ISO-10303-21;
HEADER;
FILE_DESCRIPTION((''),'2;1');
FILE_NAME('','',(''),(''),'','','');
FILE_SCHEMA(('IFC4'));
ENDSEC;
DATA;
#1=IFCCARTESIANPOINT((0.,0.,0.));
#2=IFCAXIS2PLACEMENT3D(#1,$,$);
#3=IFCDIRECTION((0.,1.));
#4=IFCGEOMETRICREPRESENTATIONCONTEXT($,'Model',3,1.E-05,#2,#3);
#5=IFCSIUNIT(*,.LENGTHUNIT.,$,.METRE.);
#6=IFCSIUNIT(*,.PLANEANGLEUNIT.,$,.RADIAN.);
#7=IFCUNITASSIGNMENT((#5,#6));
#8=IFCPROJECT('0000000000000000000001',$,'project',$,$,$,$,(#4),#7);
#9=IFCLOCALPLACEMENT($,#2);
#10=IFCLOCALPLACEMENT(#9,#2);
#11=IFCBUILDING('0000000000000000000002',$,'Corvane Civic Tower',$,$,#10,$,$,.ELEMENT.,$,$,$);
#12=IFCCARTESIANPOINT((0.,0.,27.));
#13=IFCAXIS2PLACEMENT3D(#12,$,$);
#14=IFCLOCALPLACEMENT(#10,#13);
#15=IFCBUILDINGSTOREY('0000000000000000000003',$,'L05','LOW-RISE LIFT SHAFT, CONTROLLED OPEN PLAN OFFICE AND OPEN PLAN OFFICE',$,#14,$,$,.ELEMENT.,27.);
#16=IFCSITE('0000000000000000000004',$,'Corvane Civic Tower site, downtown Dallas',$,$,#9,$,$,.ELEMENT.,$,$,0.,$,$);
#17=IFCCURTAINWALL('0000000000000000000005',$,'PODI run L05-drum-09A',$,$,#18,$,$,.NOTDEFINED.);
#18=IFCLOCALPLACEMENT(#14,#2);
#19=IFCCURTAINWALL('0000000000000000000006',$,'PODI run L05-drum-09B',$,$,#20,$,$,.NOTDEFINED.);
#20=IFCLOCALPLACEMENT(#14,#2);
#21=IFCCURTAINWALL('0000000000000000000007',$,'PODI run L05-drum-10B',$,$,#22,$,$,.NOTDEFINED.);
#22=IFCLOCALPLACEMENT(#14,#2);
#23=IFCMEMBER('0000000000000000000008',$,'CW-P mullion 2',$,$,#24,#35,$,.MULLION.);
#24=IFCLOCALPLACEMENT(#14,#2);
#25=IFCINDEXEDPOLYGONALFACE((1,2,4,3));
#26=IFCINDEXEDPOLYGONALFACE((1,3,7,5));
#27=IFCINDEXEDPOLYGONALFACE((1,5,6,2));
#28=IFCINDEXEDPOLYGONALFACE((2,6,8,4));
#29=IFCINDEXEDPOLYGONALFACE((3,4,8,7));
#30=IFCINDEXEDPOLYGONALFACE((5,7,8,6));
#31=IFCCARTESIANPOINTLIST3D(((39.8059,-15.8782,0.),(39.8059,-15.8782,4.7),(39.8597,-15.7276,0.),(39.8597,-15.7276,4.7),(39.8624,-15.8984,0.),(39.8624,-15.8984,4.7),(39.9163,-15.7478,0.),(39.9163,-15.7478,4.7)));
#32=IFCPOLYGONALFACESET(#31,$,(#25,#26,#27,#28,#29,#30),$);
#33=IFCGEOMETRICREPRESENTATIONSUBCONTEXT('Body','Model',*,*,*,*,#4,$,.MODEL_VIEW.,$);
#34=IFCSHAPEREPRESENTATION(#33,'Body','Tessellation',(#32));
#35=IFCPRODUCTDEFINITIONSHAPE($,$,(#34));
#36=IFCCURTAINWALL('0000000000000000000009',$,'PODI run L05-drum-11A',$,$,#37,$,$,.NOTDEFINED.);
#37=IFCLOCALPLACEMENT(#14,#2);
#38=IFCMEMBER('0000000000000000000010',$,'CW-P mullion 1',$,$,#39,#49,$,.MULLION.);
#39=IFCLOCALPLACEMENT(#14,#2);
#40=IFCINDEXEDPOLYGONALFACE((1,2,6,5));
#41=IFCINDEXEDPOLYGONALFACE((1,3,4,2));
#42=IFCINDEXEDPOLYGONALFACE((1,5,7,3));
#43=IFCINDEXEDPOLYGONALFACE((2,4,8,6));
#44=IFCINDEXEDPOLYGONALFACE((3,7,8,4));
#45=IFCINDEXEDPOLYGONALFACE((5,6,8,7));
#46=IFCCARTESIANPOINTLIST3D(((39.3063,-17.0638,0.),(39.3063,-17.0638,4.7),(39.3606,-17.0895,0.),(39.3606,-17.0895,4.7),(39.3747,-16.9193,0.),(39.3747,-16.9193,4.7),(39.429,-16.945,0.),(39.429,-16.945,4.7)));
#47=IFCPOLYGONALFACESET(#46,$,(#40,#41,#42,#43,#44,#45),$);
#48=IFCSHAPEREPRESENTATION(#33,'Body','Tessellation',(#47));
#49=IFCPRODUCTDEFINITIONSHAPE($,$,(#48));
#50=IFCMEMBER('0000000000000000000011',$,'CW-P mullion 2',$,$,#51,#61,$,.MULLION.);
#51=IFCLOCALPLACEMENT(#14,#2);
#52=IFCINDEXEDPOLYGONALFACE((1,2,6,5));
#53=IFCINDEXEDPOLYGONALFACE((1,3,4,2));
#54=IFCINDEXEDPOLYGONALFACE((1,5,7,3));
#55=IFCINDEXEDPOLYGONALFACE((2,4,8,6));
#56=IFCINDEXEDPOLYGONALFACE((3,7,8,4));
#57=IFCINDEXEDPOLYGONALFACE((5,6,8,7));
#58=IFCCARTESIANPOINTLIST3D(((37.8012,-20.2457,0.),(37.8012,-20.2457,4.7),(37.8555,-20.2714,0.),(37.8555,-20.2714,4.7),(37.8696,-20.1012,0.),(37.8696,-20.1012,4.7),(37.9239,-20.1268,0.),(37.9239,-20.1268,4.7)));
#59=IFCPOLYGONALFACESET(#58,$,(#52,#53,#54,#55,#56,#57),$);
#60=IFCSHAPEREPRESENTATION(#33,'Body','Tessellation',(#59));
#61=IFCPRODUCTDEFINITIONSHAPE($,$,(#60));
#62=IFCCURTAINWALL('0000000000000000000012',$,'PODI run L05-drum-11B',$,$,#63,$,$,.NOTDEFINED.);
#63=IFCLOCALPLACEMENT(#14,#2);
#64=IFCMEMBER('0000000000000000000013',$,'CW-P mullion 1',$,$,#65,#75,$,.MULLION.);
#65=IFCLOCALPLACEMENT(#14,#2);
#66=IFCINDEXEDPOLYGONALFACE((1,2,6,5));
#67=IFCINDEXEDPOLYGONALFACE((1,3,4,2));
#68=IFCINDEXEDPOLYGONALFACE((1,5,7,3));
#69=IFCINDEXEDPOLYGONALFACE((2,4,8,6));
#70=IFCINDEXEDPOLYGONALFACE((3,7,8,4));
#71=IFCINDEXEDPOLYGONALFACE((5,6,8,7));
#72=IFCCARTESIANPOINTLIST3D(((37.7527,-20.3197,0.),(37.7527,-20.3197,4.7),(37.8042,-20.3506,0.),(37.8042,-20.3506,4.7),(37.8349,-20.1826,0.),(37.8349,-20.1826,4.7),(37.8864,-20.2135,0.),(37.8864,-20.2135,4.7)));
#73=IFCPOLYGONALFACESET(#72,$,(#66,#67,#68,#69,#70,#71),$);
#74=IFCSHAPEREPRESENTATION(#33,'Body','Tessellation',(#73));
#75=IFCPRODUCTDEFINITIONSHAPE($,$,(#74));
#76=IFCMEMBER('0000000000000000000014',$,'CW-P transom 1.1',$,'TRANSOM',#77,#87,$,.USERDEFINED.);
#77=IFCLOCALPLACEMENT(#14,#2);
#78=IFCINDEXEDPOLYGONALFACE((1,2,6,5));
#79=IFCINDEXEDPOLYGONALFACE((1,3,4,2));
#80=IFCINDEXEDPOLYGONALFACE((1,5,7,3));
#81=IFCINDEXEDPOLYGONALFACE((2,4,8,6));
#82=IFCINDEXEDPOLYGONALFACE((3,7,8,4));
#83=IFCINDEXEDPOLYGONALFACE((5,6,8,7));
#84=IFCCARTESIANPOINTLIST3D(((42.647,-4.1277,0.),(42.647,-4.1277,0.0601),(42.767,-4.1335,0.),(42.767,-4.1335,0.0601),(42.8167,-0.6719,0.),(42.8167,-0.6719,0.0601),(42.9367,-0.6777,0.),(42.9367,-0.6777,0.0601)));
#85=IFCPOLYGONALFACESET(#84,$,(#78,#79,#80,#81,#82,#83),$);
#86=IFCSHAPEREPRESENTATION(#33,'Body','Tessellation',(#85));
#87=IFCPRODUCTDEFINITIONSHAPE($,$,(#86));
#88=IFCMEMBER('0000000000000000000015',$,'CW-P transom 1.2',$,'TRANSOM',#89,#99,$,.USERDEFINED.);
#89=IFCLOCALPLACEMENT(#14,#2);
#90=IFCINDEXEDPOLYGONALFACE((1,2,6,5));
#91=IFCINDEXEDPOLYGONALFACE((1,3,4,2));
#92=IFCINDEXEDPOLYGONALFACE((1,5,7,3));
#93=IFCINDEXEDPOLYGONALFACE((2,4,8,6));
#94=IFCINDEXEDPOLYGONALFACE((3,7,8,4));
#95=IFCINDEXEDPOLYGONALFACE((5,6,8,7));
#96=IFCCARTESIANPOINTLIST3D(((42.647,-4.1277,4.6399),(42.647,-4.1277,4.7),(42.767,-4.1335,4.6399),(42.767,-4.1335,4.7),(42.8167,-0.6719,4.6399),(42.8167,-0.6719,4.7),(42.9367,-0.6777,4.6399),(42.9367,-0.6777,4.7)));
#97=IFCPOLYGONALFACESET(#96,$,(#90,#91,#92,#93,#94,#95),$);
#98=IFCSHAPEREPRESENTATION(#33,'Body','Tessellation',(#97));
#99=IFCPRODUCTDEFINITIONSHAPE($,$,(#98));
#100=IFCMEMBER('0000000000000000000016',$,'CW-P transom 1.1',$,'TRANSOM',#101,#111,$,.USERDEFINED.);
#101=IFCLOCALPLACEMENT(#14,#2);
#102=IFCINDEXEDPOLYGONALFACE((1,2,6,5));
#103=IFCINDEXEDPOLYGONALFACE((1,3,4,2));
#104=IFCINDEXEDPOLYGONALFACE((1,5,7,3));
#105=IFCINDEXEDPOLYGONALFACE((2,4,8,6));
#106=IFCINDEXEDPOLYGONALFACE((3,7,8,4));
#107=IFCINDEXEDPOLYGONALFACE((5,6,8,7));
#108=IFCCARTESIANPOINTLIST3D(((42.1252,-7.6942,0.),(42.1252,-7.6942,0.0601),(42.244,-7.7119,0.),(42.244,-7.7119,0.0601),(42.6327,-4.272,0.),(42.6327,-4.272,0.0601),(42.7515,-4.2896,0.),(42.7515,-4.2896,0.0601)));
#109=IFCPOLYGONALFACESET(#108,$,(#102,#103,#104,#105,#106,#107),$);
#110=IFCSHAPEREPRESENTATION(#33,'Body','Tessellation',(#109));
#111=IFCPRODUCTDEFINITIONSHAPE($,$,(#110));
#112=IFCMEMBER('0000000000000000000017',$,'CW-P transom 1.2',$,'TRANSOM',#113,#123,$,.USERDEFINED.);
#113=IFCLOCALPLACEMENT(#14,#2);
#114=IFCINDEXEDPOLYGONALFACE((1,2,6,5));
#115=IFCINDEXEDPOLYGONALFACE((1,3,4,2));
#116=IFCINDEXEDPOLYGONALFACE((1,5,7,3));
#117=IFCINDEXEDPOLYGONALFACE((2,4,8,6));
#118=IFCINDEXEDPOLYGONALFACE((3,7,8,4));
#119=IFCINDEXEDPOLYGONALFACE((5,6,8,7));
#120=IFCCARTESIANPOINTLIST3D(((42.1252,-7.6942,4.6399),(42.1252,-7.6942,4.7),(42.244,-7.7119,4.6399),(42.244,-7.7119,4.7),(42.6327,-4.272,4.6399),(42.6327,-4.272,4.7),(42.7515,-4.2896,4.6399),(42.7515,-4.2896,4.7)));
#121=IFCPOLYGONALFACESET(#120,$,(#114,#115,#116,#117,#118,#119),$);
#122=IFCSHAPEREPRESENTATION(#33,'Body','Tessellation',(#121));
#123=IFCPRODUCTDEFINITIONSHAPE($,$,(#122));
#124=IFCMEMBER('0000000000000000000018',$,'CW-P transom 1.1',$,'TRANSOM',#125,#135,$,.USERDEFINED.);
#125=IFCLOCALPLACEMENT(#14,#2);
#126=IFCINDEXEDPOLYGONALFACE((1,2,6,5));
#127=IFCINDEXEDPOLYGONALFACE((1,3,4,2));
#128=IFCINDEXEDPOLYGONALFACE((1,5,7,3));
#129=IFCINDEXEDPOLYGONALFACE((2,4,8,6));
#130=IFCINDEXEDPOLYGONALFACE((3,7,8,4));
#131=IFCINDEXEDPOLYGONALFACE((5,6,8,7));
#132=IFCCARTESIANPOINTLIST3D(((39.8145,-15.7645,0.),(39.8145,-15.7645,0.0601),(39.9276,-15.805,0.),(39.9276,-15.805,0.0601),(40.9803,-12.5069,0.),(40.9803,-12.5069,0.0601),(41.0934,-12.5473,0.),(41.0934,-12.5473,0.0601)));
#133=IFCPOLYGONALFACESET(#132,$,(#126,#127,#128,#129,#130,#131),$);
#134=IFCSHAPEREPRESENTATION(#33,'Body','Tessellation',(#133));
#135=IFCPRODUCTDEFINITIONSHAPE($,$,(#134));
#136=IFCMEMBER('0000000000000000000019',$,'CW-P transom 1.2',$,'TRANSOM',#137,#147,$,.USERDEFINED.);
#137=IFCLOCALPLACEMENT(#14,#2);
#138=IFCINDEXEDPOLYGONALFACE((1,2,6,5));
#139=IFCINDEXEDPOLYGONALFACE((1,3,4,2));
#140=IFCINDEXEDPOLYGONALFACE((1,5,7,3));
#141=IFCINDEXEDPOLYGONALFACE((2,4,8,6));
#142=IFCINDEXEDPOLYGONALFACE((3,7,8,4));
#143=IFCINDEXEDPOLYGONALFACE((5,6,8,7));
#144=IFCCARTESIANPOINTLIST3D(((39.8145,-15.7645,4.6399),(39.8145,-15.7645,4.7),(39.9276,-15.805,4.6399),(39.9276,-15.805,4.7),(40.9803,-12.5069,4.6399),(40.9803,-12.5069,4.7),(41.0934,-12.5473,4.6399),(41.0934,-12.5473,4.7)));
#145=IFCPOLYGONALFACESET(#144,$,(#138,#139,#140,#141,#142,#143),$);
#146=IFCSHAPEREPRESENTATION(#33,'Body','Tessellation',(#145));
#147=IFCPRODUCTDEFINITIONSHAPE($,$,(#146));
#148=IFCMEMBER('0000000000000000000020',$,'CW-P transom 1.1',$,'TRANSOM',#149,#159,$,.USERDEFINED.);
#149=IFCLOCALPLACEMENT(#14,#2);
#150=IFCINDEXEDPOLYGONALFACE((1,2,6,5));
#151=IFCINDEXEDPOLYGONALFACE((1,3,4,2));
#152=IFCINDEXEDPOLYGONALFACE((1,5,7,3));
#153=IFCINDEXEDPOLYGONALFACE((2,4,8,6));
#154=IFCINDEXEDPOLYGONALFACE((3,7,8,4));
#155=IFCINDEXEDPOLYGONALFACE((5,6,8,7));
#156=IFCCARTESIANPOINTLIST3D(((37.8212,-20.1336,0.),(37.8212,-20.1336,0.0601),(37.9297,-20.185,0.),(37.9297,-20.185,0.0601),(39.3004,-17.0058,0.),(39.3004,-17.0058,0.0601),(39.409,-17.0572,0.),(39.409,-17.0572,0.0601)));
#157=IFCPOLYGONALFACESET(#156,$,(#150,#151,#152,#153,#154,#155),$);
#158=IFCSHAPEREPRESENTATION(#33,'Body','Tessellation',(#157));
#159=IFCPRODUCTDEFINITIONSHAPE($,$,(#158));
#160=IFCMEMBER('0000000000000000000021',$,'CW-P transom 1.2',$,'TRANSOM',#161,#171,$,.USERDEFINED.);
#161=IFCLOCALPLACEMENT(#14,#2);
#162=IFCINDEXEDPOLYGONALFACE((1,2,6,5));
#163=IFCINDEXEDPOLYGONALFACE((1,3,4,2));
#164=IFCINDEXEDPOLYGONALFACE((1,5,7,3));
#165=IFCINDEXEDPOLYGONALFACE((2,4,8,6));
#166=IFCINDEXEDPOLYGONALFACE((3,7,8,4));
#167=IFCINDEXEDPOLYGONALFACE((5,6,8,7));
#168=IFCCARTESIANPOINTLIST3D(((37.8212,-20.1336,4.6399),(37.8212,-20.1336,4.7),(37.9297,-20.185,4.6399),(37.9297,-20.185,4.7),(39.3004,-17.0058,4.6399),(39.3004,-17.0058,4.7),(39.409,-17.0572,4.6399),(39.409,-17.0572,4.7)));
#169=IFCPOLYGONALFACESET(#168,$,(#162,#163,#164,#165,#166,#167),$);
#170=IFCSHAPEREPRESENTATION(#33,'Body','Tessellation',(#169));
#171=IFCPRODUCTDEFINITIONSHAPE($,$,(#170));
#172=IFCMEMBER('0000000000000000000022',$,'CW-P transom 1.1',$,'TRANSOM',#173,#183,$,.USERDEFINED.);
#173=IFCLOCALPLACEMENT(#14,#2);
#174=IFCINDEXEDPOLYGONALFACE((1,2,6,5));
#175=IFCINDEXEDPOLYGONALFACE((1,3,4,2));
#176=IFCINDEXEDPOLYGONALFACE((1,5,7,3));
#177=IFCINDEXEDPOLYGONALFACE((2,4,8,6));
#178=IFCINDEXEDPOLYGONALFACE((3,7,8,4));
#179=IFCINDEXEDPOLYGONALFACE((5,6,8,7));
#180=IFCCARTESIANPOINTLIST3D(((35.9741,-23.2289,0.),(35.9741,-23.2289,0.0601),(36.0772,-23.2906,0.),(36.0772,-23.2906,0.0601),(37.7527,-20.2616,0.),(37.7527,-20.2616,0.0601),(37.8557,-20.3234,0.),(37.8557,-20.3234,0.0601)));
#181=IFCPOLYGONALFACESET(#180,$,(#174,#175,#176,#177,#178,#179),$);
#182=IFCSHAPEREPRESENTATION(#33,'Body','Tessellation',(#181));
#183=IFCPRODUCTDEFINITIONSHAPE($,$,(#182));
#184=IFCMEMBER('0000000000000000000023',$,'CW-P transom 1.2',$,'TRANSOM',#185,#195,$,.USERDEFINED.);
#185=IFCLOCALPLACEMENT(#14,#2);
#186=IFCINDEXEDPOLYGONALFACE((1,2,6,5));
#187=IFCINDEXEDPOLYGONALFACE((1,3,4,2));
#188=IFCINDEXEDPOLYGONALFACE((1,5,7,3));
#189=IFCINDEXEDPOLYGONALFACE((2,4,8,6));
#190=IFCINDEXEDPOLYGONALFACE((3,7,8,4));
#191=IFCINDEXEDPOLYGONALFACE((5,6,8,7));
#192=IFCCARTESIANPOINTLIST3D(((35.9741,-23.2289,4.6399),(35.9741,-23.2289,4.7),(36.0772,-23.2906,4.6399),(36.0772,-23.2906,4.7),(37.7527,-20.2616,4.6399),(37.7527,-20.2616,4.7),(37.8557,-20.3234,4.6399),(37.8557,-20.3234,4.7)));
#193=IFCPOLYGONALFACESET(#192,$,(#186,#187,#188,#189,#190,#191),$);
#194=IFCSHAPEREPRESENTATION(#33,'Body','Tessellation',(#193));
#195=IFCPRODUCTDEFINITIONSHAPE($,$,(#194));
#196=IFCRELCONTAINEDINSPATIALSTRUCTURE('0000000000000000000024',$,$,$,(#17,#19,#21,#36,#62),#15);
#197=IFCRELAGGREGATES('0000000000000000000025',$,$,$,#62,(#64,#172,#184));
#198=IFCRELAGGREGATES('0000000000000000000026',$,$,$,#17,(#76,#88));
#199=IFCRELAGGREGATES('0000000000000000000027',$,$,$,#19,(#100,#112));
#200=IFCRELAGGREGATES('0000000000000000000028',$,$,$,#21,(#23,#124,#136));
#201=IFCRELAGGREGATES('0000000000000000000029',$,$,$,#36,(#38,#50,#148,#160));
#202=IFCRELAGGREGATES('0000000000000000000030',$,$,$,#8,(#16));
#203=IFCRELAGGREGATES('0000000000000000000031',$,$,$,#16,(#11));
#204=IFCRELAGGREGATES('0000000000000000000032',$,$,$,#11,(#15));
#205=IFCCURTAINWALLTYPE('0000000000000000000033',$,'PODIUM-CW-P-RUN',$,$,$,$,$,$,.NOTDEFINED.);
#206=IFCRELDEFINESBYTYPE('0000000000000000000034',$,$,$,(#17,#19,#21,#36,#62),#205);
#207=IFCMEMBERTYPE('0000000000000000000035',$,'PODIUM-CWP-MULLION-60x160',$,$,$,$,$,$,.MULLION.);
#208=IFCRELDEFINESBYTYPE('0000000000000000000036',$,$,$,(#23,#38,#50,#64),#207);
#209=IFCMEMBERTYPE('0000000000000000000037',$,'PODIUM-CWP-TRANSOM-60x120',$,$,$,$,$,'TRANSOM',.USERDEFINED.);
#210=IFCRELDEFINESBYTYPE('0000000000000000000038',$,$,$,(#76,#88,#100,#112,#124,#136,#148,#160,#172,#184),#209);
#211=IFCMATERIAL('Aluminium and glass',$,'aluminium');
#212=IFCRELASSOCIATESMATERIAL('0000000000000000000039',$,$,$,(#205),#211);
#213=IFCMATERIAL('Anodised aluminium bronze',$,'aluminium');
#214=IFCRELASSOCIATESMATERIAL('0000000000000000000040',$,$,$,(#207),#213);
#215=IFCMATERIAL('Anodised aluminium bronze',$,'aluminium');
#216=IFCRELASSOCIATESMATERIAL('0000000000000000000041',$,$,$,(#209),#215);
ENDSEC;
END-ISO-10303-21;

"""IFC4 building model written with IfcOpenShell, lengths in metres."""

from ifc_helpers import new_model, si_unit, direction, frame, origin, origin_2d, place, context, subcontext, project, spatial, rectangle, extrude, material, material_profile, profile_set, type_object, element, aggregate, save


model = new_model("IFC4")

# Units and contexts
model_context = context("Model", 3, precision=1e-05, world=origin(), true_north=direction((0.0, 1.0)))
body_context = subcontext(model_context, "Body", "Model", "MODEL_VIEW")
ifc_project = project(units=[si_unit("LENGTHUNIT", "METRE"), si_unit("PLANEANGLEUNIT", "RADIAN")], contexts=[model_context])

# Site, building, storey
site_placement = place(None, origin())
site = spatial("IfcSite", under=ifc_project, at=site_placement, Name="Corvane Civic Tower site, downtown Dallas", CompositionType="ELEMENT", RefElevation=0.0)
building_placement = place(site_placement, origin())
building = spatial("IfcBuilding", under=site, at=building_placement, Name="Corvane Civic Tower", CompositionType="ELEMENT")
storey_placement = place(building_placement, frame((0.0, 0.0, 27.0)))
storey = spatial("IfcBuildingStorey", under=building, at=storey_placement, Name="L05", Description="LOW-RISE LIFT SHAFT, CONTROLLED OPEN PLAN OFFICE AND OPEN PLAN OFFICE", CompositionType="ELEMENT", Elevation=27.0)

# Curtain walls, members
ifc_material_1 = material(Name="Aluminium and glass", Category="aluminium")
curtain_wall_type = type_object("IfcCurtainWallType", Name="PODIUM-CW-P-RUN", PredefinedType="NOTDEFINED", material=ifc_material_1)
curtain_wall_1_placement = place(storey_placement, origin())
curtain_wall_1 = element("IfcCurtainWall", 1, at=curtain_wall_1_placement, inside=storey, type_object=curtain_wall_type, Name="PODI run L05-drum-09A", PredefinedType="NOTDEFINED")
ifc_material_2 = material(Name="Anodised aluminium bronze", Category="aluminium")
ifc_material_profile_1 = material_profile(ifc_material_2, rectangle(XDim=0.0601, YDim=0.1599, at=origin_2d()), Name="AL 60x160")
ifc_profile_set_1 = profile_set([ifc_material_profile_1], Name="Anodised aluminium bronze")
member_type_1 = type_object("IfcMemberType", Name="PODIUM-CWP-MULLION-60x160", PredefinedType="MULLION", material=ifc_profile_set_1)
curtain_wall_2_placement = place(storey_placement, origin())
curtain_wall_2 = element("IfcCurtainWall", 2, at=curtain_wall_2_placement, inside=storey, type_object=curtain_wall_type, Name="PODI run L05-drum-09B", PredefinedType="NOTDEFINED")
curtain_wall_3_placement = place(storey_placement, origin())
curtain_wall_3 = element("IfcCurtainWall", 3, at=curtain_wall_3_placement, inside=storey, type_object=curtain_wall_type, Name="PODI run L05-drum-10B", PredefinedType="NOTDEFINED")
member_1_placement = place(storey_placement, frame((39.8611, -15.813, 0.0), z_axis=(0.0, 0.0, 1.0), x_axis=(0.941534, -0.336919, 0.0)))
member_1 = element("IfcMember", 4, at=member_1_placement, type_object=member_type_1, Name="CW-P mullion 2", PredefinedType="MULLION", context=body_context, shape_type="SweptSolid", body=[
    extrude(rectangle(XDim=0.0601, YDim=0.1599, at=origin_2d()), origin(), (0.0, 0.0, 1.0), 4.7),
])
curtain_wall_4_placement = place(storey_placement, origin())
curtain_wall_4 = element("IfcCurtainWall", 5, at=curtain_wall_4_placement, inside=storey, type_object=curtain_wall_type, Name="PODI run L05-drum-11A", PredefinedType="NOTDEFINED")
member_2_placement = place(storey_placement, frame((39.3677, -17.0044, 0.0), z_axis=(0.0, 0.0, 1.0), x_axis=(0.90399, -0.427553, 0.0)))
member_2 = element("IfcMember", 6, at=member_2_placement, type_object=member_type_1, Name="CW-P mullion 1", PredefinedType="MULLION", context=body_context, shape_type="SweptSolid", body=[
    extrude(rectangle(XDim=0.0601, YDim=0.1599, at=origin_2d()), origin(), (0.0, 0.0, 1.0), 4.7),
])
member_3_placement = place(storey_placement, frame((37.8625, -20.1863, 0.0), z_axis=(0.0, 0.0, 1.0), x_axis=(0.90399, -0.427553, 0.0)))
member_3 = element("IfcMember", 7, at=member_3_placement, type_object=member_type_1, Name="CW-P mullion 2", PredefinedType="MULLION", context=body_context, shape_type="SweptSolid", body=[
    extrude(rectangle(XDim=0.0601, YDim=0.1599, at=origin_2d()), origin(), (0.0, 0.0, 1.0), 4.7),
])

# Curtain wall, member
curtain_wall_5_placement = place(storey_placement, origin())
curtain_wall_5 = element("IfcCurtainWall", 8, at=curtain_wall_5_placement, inside=storey, type_object=curtain_wall_type, Name="PODI run L05-drum-11B", PredefinedType="NOTDEFINED")
member_4_placement = place(storey_placement, frame((37.8196, -20.2666, 0.0), z_axis=(0.0, 0.0, 1.0), x_axis=(0.85772, -0.514118, 0.0)))
member_4 = element("IfcMember", 9, at=member_4_placement, type_object=member_type_1, Name="CW-P mullion 1", PredefinedType="MULLION", context=body_context, shape_type="SweptSolid", body=[
    extrude(rectangle(XDim=0.0601, YDim=0.1599, at=origin_2d()), origin(), (0.0, 0.0, 1.0), 4.7),
])

# Members
ifc_material_3 = material(Name="Anodised aluminium bronze", Category="aluminium")
ifc_material_profile_2 = material_profile(ifc_material_3, rectangle(XDim=0.1201, YDim=0.0601, at=origin_2d()), Name="AL 120x60")
ifc_profile_set_2 = profile_set([ifc_material_profile_2], Name="Anodised aluminium bronze")
member_type_2 = type_object("IfcMemberType", Name="PODIUM-CWP-TRANSOM-60x120", ElementType="TRANSOM", PredefinedType="USERDEFINED", material=ifc_profile_set_2)
member_5_placement = place(storey_placement, frame((42.8767, -0.6748, 0.03), z_axis=(-0.04904, -0.998797, 0.0), x_axis=(0.998797, -0.04904, 0.0)))
member_5 = element("IfcMember", 10, at=member_5_placement, type_object=member_type_2, Name="CW-P transom 1.1", ObjectType="TRANSOM", PredefinedType="USERDEFINED", context=body_context, shape_type="SweptSolid", body=[
    extrude(rectangle(XDim=0.1201, YDim=0.0601, at=origin_2d()), origin(), (0.0, 0.0, 1.0), 3.46),
])
member_6_placement = place(storey_placement, frame((42.8767, -0.6748, 4.6699), z_axis=(-0.04904, -0.998797, 0.0), x_axis=(0.998797, -0.04904, 0.0)))
member_6 = element("IfcMember", 11, at=member_6_placement, type_object=member_type_2, Name="CW-P transom 1.2", ObjectType="TRANSOM", PredefinedType="USERDEFINED", context=body_context, shape_type="SweptSolid", body=[
    extrude(rectangle(XDim=0.1201, YDim=0.0601, at=origin_2d()), origin(), (0.0, 0.0, 1.0), 3.46),
])
member_7_placement = place(storey_placement, frame((42.6921, -4.2808, 0.03), z_axis=(-0.146705, -0.98918, 0.0), x_axis=(0.98918, -0.146705, 0.0)))
member_7 = element("IfcMember", 12, at=member_7_placement, type_object=member_type_2, Name="CW-P transom 1.1", ObjectType="TRANSOM", PredefinedType="USERDEFINED", context=body_context, shape_type="SweptSolid", body=[
    extrude(rectangle(XDim=0.1201, YDim=0.0601, at=origin_2d()), origin(), (0.0, 0.0, 1.0), 3.4597),
])
member_8_placement = place(storey_placement, frame((42.6921, -4.2808, 4.6699), z_axis=(-0.146705, -0.98918, 0.0), x_axis=(0.98918, -0.146705, 0.0)))
member_8 = element("IfcMember", 13, at=member_8_placement, type_object=member_type_2, Name="CW-P transom 1.2", ObjectType="TRANSOM", PredefinedType="USERDEFINED", context=body_context, shape_type="SweptSolid", body=[
    extrude(rectangle(XDim=0.1201, YDim=0.0601, at=origin_2d()), origin(), (0.0, 0.0, 1.0), 3.4597),
])
member_9_placement = place(storey_placement, frame((41.0369, -12.5271, 0.03), z_axis=(-0.33694, -0.941526, 0.0), x_axis=(0.941526, -0.33694, 0.0)))
member_9 = element("IfcMember", 14, at=member_9_placement, type_object=member_type_2, Name="CW-P transom 1.1", ObjectType="TRANSOM", PredefinedType="USERDEFINED", context=body_context, shape_type="SweptSolid", body=[
    extrude(rectangle(XDim=0.1201, YDim=0.0601, at=origin_2d()), origin(), (0.0, 0.0, 1.0), 3.46),
])
member_10_placement = place(storey_placement, frame((41.0369, -12.5271, 4.6699), z_axis=(-0.33694, -0.941526, 0.0), x_axis=(0.941526, -0.33694, 0.0)))
member_10 = element("IfcMember", 15, at=member_10_placement, type_object=member_type_2, Name="CW-P transom 1.2", ObjectType="TRANSOM", PredefinedType="USERDEFINED", context=body_context, shape_type="SweptSolid", body=[
    extrude(rectangle(XDim=0.1201, YDim=0.0601, at=origin_2d()), origin(), (0.0, 0.0, 1.0), 3.46),
])
member_11_placement = place(storey_placement, frame((39.3547, -17.0315, 0.03), z_axis=(-0.427546, -0.903993, 0.0), x_axis=(0.903993, -0.427546, 0.0)))
member_11 = element("IfcMember", 16, at=member_11_placement, type_object=member_type_2, Name="CW-P transom 1.1", ObjectType="TRANSOM", PredefinedType="USERDEFINED", context=body_context, shape_type="SweptSolid", body=[
    extrude(rectangle(XDim=0.1201, YDim=0.0601, at=origin_2d()), origin(), (0.0, 0.0, 1.0), 3.46),
])
member_12_placement = place(storey_placement, frame((39.3547, -17.0315, 4.6699), z_axis=(-0.427546, -0.903993, 0.0), x_axis=(0.903993, -0.427546, 0.0)))
member_12 = element("IfcMember", 17, at=member_12_placement, type_object=member_type_2, Name="CW-P transom 1.2", ObjectType="TRANSOM", PredefinedType="USERDEFINED", context=body_context, shape_type="SweptSolid", body=[
    extrude(rectangle(XDim=0.1201, YDim=0.0601, at=origin_2d()), origin(), (0.0, 0.0, 1.0), 3.46),
])
member_13_placement = place(storey_placement, frame((37.8042, -20.2925, 0.03), z_axis=(-0.514112, -0.857723, 0.0), x_axis=(0.857723, -0.514112, 0.0)))
member_13 = element("IfcMember", 18, at=member_13_placement, type_object=member_type_2, Name="CW-P transom 1.1", ObjectType="TRANSOM", PredefinedType="USERDEFINED", context=body_context, shape_type="SweptSolid", body=[
    extrude(rectangle(XDim=0.1201, YDim=0.0601, at=origin_2d()), origin(), (0.0, 0.0, 1.0), 3.4595),
])
member_14_placement = place(storey_placement, frame((37.8042, -20.2925, 4.6699), z_axis=(-0.514112, -0.857723, 0.0), x_axis=(0.857723, -0.514112, 0.0)))
member_14 = element("IfcMember", 19, at=member_14_placement, type_object=member_type_2, Name="CW-P transom 1.2", ObjectType="TRANSOM", PredefinedType="USERDEFINED", context=body_context, shape_type="SweptSolid", body=[
    extrude(rectangle(XDim=0.1201, YDim=0.0601, at=origin_2d()), origin(), (0.0, 0.0, 1.0), 3.4595),
])
aggregate(curtain_wall_5, [member_4, member_13, member_14])

aggregate(curtain_wall_1, [member_5, member_6])
aggregate(curtain_wall_2, [member_7, member_8])
aggregate(curtain_wall_3, [member_1, member_9, member_10])
aggregate(curtain_wall_4, [member_2, member_3, member_11, member_12])

save(model, "model.ifc")
